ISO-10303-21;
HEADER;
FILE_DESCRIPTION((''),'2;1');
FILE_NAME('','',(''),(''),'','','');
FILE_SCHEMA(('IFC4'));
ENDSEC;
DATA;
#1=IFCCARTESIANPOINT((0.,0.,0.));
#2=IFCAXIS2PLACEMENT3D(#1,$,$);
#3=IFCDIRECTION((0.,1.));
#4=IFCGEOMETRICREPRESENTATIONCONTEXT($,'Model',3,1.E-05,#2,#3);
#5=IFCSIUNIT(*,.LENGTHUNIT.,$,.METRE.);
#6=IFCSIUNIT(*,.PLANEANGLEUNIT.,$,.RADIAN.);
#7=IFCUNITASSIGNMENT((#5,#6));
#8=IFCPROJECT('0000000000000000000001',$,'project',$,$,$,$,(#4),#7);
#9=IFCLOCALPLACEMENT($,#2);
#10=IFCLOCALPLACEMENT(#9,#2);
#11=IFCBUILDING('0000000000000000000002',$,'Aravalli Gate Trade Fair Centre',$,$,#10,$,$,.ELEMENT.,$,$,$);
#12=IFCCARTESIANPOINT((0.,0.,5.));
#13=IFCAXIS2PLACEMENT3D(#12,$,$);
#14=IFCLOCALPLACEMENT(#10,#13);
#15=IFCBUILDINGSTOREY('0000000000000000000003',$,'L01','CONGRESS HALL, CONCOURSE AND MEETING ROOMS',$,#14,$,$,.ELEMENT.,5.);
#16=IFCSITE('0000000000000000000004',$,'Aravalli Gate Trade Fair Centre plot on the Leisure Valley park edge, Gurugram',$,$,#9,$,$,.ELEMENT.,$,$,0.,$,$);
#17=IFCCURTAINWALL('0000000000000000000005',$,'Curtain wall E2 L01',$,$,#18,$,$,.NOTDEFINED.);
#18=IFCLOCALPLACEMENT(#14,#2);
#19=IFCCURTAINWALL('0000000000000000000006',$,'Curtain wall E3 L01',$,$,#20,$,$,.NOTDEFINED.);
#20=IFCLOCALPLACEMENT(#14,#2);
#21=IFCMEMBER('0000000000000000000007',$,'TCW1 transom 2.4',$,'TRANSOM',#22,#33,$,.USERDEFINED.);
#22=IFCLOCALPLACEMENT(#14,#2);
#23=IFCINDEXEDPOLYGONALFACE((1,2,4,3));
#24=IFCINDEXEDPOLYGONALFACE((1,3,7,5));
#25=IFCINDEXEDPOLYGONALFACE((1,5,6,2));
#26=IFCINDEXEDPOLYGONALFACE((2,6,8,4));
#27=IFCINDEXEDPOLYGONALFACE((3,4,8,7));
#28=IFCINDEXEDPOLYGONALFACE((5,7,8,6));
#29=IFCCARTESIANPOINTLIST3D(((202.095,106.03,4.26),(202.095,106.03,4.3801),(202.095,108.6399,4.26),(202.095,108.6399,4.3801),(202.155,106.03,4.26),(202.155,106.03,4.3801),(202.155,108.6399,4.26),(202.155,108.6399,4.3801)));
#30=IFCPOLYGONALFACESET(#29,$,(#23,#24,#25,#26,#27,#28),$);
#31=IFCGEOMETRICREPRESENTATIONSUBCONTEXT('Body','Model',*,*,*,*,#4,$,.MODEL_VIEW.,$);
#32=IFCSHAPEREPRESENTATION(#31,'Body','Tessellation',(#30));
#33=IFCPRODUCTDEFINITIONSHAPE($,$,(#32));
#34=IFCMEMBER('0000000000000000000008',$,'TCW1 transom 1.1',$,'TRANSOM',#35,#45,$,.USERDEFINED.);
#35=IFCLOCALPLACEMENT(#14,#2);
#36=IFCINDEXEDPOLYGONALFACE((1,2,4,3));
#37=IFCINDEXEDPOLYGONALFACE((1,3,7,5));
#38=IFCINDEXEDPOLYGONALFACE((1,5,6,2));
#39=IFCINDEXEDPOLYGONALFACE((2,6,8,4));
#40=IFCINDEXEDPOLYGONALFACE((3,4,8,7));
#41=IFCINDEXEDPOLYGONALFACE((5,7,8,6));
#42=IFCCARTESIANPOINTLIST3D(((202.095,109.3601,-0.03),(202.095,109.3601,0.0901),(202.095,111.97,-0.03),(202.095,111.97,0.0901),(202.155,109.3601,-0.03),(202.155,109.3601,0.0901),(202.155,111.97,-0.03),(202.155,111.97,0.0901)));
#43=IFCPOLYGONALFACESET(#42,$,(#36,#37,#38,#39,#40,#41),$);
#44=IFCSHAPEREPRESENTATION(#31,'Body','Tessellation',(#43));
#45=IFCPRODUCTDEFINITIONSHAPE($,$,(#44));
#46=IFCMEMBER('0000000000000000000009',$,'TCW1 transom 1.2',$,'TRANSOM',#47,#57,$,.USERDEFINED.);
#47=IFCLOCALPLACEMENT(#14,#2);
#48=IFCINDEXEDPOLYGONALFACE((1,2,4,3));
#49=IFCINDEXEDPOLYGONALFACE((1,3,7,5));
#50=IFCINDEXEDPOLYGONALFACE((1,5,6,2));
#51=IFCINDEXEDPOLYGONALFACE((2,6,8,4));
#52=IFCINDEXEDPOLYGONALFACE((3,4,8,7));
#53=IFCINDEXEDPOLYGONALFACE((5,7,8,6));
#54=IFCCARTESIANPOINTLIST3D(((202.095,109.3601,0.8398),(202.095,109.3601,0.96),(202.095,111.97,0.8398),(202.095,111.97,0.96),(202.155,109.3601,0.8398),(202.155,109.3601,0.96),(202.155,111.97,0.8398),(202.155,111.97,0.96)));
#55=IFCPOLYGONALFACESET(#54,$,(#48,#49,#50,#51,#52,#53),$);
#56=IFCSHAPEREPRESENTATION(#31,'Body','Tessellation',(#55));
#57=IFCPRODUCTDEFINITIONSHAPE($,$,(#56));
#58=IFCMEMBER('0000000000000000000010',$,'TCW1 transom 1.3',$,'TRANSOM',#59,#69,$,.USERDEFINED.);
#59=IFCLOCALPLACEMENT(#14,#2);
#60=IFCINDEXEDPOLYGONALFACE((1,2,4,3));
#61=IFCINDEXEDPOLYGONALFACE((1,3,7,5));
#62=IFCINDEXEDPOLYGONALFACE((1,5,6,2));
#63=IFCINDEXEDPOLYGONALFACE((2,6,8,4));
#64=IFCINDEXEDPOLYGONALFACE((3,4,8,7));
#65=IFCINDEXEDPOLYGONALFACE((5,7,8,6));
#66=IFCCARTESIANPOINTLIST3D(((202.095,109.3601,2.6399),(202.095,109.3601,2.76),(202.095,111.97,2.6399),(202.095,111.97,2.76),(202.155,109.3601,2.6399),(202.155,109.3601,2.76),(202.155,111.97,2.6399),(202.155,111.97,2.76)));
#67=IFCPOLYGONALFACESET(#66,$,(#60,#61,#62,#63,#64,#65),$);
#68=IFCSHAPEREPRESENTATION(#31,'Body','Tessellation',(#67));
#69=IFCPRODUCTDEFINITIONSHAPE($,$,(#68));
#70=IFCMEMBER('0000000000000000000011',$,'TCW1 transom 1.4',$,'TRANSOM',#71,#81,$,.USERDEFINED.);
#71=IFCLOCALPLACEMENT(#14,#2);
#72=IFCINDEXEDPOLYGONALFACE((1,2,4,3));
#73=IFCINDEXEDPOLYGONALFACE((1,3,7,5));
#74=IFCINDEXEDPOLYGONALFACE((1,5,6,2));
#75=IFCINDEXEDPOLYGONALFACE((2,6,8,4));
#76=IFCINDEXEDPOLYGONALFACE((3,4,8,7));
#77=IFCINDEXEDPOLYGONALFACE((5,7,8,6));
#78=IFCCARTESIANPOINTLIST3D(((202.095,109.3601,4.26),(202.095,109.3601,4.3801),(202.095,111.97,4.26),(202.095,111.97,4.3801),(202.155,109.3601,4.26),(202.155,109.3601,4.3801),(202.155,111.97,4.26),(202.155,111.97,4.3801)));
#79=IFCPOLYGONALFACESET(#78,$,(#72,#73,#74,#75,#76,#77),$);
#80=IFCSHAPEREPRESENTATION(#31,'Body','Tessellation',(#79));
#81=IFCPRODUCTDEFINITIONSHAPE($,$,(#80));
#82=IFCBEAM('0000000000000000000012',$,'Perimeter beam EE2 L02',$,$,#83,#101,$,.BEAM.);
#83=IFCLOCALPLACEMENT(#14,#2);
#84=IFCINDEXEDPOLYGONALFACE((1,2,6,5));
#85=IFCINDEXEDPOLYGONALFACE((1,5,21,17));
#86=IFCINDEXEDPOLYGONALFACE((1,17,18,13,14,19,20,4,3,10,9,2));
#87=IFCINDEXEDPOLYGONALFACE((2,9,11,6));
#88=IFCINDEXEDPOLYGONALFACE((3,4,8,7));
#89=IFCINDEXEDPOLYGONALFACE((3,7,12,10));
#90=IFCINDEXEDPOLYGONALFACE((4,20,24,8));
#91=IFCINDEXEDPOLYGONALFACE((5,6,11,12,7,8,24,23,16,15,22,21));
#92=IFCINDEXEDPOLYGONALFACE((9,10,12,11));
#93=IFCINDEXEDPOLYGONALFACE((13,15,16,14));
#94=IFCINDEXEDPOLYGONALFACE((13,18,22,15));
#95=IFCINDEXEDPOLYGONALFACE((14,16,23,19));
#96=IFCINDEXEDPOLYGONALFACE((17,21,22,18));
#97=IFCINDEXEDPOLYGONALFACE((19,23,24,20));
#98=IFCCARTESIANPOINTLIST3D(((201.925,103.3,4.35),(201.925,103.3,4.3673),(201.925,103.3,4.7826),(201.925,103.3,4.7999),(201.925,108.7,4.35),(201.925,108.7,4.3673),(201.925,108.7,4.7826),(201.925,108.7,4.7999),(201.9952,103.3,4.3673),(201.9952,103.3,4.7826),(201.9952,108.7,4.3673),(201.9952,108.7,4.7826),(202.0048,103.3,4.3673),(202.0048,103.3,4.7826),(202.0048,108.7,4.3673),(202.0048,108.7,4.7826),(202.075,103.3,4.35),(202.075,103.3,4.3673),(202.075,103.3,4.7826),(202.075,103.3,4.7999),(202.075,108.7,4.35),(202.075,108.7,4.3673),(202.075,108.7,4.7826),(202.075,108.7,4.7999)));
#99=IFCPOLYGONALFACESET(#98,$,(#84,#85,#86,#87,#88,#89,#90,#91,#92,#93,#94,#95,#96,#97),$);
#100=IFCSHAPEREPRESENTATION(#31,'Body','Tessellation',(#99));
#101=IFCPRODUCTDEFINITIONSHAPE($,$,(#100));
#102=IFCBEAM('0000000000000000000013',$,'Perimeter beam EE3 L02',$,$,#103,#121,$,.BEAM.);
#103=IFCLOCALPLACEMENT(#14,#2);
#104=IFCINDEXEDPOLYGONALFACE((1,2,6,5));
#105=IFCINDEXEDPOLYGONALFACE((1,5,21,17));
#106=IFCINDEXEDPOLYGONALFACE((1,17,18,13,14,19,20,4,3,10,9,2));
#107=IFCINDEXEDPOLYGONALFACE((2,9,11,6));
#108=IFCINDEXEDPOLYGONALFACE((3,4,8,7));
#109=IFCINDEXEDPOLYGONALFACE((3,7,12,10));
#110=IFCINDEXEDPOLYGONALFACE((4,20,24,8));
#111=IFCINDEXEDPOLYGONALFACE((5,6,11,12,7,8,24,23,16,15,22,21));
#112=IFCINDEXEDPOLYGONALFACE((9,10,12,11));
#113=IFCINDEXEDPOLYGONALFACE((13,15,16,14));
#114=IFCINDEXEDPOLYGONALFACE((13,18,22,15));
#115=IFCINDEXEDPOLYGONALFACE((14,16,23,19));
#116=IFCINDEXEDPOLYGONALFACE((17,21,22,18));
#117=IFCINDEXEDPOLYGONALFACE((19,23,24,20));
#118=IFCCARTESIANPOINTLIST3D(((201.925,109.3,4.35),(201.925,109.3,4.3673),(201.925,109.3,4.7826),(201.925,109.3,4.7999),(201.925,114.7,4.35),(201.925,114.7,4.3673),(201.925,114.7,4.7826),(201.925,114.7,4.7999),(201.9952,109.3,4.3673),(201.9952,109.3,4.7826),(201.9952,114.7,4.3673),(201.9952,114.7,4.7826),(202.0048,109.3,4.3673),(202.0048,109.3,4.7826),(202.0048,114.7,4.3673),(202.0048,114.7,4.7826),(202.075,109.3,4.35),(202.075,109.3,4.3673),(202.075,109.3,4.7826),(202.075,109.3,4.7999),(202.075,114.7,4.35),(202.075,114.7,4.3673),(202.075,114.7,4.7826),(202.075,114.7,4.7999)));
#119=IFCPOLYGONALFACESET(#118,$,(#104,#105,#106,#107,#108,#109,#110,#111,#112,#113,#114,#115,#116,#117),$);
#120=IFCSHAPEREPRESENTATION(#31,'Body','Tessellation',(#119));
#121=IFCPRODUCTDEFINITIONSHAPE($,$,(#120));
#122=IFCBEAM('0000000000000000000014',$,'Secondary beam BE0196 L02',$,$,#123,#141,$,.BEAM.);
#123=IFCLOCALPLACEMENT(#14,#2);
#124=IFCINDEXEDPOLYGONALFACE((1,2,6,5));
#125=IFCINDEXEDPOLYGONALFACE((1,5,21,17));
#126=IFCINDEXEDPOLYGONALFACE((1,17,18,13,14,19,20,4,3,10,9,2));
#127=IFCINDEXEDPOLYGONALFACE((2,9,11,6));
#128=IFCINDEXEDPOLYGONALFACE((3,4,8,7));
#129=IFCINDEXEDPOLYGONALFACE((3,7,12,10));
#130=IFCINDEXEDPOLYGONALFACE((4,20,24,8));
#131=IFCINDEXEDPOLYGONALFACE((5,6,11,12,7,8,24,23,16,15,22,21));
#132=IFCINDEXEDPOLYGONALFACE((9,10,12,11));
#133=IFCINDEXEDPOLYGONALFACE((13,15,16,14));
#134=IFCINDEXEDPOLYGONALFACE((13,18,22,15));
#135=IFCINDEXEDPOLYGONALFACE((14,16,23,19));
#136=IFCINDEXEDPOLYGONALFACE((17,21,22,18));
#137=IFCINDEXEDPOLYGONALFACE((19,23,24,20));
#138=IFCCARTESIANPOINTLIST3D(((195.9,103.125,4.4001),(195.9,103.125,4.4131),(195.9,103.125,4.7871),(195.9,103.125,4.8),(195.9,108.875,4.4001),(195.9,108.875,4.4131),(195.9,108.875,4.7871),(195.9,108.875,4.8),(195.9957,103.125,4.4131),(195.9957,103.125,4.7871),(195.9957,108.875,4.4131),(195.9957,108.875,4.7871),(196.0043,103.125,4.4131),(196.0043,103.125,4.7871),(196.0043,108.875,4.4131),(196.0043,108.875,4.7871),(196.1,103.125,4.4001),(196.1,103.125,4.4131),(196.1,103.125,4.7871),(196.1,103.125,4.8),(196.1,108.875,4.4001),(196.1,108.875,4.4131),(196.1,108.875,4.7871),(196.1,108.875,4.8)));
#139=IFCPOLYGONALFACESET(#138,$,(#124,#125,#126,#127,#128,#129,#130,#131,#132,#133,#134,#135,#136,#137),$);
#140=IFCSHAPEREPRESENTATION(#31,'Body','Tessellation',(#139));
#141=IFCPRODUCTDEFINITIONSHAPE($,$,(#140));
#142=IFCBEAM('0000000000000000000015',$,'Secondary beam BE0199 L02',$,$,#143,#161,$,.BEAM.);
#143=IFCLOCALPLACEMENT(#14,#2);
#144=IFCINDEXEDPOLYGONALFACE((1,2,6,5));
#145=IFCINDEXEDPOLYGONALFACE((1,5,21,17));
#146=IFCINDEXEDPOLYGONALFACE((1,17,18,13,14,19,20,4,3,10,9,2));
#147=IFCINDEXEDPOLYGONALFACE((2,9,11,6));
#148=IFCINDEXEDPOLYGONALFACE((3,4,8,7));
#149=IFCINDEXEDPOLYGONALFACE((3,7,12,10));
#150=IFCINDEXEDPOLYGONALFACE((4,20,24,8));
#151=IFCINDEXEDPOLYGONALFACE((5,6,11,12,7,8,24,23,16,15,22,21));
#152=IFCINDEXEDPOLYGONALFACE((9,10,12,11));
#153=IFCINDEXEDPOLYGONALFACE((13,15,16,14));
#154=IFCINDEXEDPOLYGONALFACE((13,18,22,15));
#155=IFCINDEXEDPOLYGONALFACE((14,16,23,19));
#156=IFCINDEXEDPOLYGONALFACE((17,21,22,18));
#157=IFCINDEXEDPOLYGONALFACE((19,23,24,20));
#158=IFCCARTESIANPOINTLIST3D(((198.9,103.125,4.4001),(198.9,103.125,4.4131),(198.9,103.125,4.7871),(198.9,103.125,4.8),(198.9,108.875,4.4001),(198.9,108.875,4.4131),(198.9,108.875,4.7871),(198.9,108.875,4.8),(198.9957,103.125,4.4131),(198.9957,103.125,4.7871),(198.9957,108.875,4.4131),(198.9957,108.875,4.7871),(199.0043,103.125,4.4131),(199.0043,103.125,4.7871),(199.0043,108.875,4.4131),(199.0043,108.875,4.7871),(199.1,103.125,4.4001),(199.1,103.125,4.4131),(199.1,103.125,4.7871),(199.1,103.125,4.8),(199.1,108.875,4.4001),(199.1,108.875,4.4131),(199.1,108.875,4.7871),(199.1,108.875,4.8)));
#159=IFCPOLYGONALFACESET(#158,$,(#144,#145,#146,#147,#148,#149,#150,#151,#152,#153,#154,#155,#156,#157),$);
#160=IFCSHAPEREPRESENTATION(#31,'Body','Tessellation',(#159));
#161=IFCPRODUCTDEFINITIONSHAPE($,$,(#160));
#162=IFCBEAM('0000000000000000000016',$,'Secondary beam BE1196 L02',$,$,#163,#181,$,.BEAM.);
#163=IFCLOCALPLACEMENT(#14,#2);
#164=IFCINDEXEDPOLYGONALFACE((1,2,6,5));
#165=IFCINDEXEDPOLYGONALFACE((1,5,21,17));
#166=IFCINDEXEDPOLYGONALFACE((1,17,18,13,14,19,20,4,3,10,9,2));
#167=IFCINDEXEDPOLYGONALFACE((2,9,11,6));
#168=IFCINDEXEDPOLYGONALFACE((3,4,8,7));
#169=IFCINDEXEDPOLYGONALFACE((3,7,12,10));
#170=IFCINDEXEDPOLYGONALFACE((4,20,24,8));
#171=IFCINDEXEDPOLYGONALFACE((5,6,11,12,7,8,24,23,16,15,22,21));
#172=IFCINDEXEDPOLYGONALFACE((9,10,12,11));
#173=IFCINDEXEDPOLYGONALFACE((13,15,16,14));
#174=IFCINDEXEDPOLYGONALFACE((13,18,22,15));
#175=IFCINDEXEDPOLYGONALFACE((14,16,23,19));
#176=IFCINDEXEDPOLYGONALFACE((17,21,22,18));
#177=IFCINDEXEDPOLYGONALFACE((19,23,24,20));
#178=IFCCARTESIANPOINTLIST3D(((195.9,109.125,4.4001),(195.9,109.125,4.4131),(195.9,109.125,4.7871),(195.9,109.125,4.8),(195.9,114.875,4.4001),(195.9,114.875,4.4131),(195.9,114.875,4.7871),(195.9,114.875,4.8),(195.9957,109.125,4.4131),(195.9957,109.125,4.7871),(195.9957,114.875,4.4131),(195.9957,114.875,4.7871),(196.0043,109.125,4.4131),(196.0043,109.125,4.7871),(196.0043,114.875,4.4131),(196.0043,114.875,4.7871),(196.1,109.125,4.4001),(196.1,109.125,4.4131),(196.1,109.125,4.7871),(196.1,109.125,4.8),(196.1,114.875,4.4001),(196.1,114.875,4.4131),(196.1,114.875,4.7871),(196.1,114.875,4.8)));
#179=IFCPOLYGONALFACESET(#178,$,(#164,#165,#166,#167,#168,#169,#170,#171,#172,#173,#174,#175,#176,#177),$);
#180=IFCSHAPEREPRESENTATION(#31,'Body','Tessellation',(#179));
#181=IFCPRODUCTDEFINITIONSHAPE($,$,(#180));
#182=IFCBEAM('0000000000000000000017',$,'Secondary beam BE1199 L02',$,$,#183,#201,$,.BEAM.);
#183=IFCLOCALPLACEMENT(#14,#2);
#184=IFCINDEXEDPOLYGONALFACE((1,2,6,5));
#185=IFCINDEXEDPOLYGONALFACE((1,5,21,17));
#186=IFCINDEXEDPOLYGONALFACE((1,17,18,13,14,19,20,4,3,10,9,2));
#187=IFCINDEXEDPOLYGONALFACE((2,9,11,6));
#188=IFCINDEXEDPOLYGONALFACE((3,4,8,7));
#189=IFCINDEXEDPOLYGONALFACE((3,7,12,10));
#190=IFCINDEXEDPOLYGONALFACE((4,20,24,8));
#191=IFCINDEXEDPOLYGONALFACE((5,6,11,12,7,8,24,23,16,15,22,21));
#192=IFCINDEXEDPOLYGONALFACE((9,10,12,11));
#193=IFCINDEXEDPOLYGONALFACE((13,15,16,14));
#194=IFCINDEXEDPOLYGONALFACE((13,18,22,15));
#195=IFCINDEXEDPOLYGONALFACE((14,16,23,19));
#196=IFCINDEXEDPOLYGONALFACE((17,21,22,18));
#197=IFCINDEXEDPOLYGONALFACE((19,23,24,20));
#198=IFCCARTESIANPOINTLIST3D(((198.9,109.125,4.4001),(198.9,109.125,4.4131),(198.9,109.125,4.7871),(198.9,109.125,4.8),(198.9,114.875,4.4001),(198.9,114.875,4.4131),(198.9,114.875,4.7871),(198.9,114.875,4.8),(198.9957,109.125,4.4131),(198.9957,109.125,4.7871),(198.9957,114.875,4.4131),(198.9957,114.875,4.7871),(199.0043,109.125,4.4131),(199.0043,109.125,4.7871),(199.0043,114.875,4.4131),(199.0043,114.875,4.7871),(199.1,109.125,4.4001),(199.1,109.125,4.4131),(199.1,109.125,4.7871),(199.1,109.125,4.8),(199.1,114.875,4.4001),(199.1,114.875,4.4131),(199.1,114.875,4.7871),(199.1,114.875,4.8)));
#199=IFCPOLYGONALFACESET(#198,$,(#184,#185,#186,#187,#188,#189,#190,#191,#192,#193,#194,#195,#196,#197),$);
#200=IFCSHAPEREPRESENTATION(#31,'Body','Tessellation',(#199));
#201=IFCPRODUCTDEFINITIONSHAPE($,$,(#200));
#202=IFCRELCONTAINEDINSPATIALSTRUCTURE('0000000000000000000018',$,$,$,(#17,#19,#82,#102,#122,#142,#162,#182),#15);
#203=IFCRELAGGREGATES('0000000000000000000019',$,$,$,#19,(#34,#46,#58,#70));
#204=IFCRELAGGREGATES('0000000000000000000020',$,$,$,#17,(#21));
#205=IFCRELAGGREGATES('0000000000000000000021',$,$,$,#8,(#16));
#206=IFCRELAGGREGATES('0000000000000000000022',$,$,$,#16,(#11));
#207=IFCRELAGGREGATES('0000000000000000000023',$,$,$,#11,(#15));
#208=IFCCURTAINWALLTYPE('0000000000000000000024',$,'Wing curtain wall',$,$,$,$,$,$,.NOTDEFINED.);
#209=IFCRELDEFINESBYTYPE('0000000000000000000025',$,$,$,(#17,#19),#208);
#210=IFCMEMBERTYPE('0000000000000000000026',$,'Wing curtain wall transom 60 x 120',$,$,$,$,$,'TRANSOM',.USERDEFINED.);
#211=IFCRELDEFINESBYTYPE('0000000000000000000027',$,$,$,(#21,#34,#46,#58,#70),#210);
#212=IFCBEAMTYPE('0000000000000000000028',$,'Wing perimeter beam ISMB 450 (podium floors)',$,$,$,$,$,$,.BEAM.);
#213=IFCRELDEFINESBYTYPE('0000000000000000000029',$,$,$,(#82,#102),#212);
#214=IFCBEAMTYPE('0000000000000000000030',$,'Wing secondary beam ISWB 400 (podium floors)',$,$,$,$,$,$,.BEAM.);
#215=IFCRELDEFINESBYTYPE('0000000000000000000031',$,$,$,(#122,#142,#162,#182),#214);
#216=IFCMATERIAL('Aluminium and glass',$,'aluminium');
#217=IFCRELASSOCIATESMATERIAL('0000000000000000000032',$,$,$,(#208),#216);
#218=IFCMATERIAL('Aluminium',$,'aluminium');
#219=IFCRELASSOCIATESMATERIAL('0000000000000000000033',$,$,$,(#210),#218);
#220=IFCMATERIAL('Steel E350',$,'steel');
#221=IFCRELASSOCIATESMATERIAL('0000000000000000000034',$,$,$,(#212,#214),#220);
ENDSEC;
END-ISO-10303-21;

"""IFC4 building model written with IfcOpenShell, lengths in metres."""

from ifc_helpers import new_model, si_unit, direction, frame, origin, origin_2d, place, context, subcontext, project, spatial, rectangle, i_section, extrude, material, material_profile, profile_set, type_object, element, aggregate, save


model = new_model("IFC4")

# Units and contexts
model_context = context("Model", 3, precision=1e-05, world=origin(), true_north=direction((0.0, 1.0)))
body_context = subcontext(model_context, "Body", "Model", "MODEL_VIEW")
ifc_project = project(units=[si_unit("LENGTHUNIT", "METRE"), si_unit("PLANEANGLEUNIT", "RADIAN")], contexts=[model_context])

# Site, building, storey
site_placement = place(None, origin())
site = spatial("IfcSite", under=ifc_project, at=site_placement, Name="Aravalli Gate Trade Fair Centre plot on the Leisure Valley park edge, Gurugram", CompositionType="ELEMENT", RefElevation=0.0)
building_placement = place(site_placement, origin())
building = spatial("IfcBuilding", under=site, at=building_placement, Name="Aravalli Gate Trade Fair Centre", CompositionType="ELEMENT")
storey_placement = place(building_placement, frame((0.0, 0.0, 5.0)))
storey = spatial("IfcBuildingStorey", under=building, at=storey_placement, Name="L01", Description="CONGRESS HALL, CONCOURSE AND MEETING ROOMS", CompositionType="ELEMENT", Elevation=5.0)

# Shared definitions
ifc_material_1 = material(Name="Steel E350", Category="steel")

# Shared definitions
ifc_material_2 = material(Name="Aluminium and glass", Category="aluminium")
curtain_wall_type = type_object("IfcCurtainWallType", Name="Wing curtain wall", PredefinedType="NOTDEFINED", material=ifc_material_2)
ifc_material_3 = material(Name="Aluminium", Category="aluminium")

# Curtain wall
curtain_wall_1_placement = place(storey_placement, origin())
curtain_wall_1 = element("IfcCurtainWall", 1, at=curtain_wall_1_placement, inside=storey, type_object=curtain_wall_type, Name="Curtain wall E2 L01", PredefinedType="NOTDEFINED")

# Curtain wall
curtain_wall_2_placement = place(storey_placement, origin())
curtain_wall_2 = element("IfcCurtainWall", 2, at=curtain_wall_2_placement, inside=storey, type_object=curtain_wall_type, Name="Curtain wall E3 L01", PredefinedType="NOTDEFINED")

# Members
ifc_material_profile_1 = material_profile(ifc_material_3, rectangle(XDim=0.0601, YDim=0.1201, at=origin_2d()), Name="Wing curtain wall transom 60 x 120")
ifc_profile_set_1 = profile_set([ifc_material_profile_1], Name="Aluminium")
member_type_1 = type_object("IfcMemberType", Name="Wing curtain wall transom 60 x 120", ElementType="TRANSOM", PredefinedType="USERDEFINED", material=ifc_profile_set_1)
member_1_placement = place(storey_placement, frame((202.125, 106.03, 4.3201), z_axis=(0.0, 1.0, 0.0), x_axis=(-1.0, 0.0, 0.0)))
member_1 = element("IfcMember", 3, at=member_1_placement, type_object=member_type_1, Name="TCW1 transom 2.4", ObjectType="TRANSOM", PredefinedType="USERDEFINED", context=body_context, shape_type="SweptSolid", body=[
    extrude(rectangle(XDim=0.0601, YDim=0.1201, at=origin_2d()), origin(), (0.0, 0.0, 1.0), 2.6099),
])
member_2_placement = place(storey_placement, frame((202.125, 109.3601, 0.03), z_axis=(0.0, 1.0, 0.0), x_axis=(-1.0, 0.0, 0.0)))
member_2 = element("IfcMember", 4, at=member_2_placement, type_object=member_type_1, Name="TCW1 transom 1.1", ObjectType="TRANSOM", PredefinedType="USERDEFINED", context=body_context, shape_type="SweptSolid", body=[
    extrude(rectangle(XDim=0.0601, YDim=0.1201, at=origin_2d()), origin(), (0.0, 0.0, 1.0), 2.6099),
])
member_3_placement = place(storey_placement, frame((202.125, 109.3601, 0.8999), z_axis=(0.0, 1.0, 0.0), x_axis=(-1.0, 0.0, 0.0)))
member_3 = element("IfcMember", 5, at=member_3_placement, type_object=member_type_1, Name="TCW1 transom 1.2", ObjectType="TRANSOM", PredefinedType="USERDEFINED", context=body_context, shape_type="SweptSolid", body=[
    extrude(rectangle(XDim=0.0601, YDim=0.1201, at=origin_2d()), origin(), (0.0, 0.0, 1.0), 2.6099),
])
member_4_placement = place(storey_placement, frame((202.125, 109.3601, 2.7), z_axis=(0.0, 1.0, 0.0), x_axis=(-1.0, 0.0, 0.0)))
member_4 = element("IfcMember", 6, at=member_4_placement, type_object=member_type_1, Name="TCW1 transom 1.3", ObjectType="TRANSOM", PredefinedType="USERDEFINED", context=body_context, shape_type="SweptSolid", body=[
    extrude(rectangle(XDim=0.0601, YDim=0.1201, at=origin_2d()), origin(), (0.0, 0.0, 1.0), 2.6099),
])
member_5_placement = place(storey_placement, frame((202.125, 109.3601, 4.3201), z_axis=(0.0, 1.0, 0.0), x_axis=(-1.0, 0.0, 0.0)))
member_5 = element("IfcMember", 7, at=member_5_placement, type_object=member_type_1, Name="TCW1 transom 1.4", ObjectType="TRANSOM", PredefinedType="USERDEFINED", context=body_context, shape_type="SweptSolid", body=[
    extrude(rectangle(XDim=0.0601, YDim=0.1201, at=origin_2d()), origin(), (0.0, 0.0, 1.0), 2.6099),
])
aggregate(curtain_wall_2, [member_2, member_3, member_4, member_5])

# Beams
ifc_material_profile_2 = material_profile(ifc_material_1, i_section(OverallWidth=0.1499, OverallDepth=0.45, WebThickness=0.0095, FlangeThickness=0.0173, at=origin_2d()), Name="ISMB 450")
ifc_profile_set_2 = profile_set([ifc_material_profile_2], Name="Steel E350")
beam_type_1 = type_object("IfcBeamType", Name="Wing perimeter beam ISMB 450 (podium floors)", PredefinedType="BEAM", material=ifc_profile_set_2)
for number, where, z_axis, x_axis, name in (
    (8, (202.0, 103.3, 4.575), (0.0, 1.0, 0.0), (-1.0, 0.0, 0.0), "Perimeter beam EE2 L02"),
    (9, (202.0, 109.3, 4.575), (0.0, 1.0, 0.0), (-1.0, 0.0, 0.0), "Perimeter beam EE3 L02"),
):
    element("IfcBeam", number, at=place(storey_placement, frame(where, z_axis=z_axis, x_axis=x_axis)), inside=storey, type_object=beam_type_1, Name=name, PredefinedType="BEAM", context=body_context, shape_type="SweptSolid", body=[
        extrude(i_section(OverallWidth=0.1499, OverallDepth=0.45, WebThickness=0.0095, FlangeThickness=0.0173, at=origin_2d()), origin(), (0.0, 0.0, 1.0), 5.3999),
    ])
ifc_material_profile_3 = material_profile(ifc_material_1, i_section(OverallWidth=0.2, OverallDepth=0.3999, WebThickness=0.0085, FlangeThickness=0.0129, at=origin_2d()), Name="ISWB 400")
ifc_profile_set_3 = profile_set([ifc_material_profile_3], Name="Steel E350")
beam_type_2 = type_object("IfcBeamType", Name="Wing secondary beam ISWB 400 (podium floors)", PredefinedType="BEAM", material=ifc_profile_set_3)
for number, where, z_axis, x_axis, name in (
    (10, (196.0, 103.125, 4.6001), (0.0, 1.0, 0.0), (-1.0, 0.0, 0.0), "Secondary beam BE0196 L02"),
    (11, (199.0, 103.125, 4.6001), (0.0, 1.0, 0.0), (-1.0, 0.0, 0.0), "Secondary beam BE0199 L02"),
    (12, (196.0, 109.125, 4.6001), (0.0, 1.0, 0.0), (-1.0, 0.0, 0.0), "Secondary beam BE1196 L02"),
    (13, (199.0, 109.125, 4.6001), (0.0, 1.0, 0.0), (-1.0, 0.0, 0.0), "Secondary beam BE1199 L02"),
):
    element("IfcBeam", number, at=place(storey_placement, frame(where, z_axis=z_axis, x_axis=x_axis)), inside=storey, type_object=beam_type_2, Name=name, PredefinedType="BEAM", context=body_context, shape_type="SweptSolid", body=[
        extrude(i_section(OverallWidth=0.2, OverallDepth=0.3999, WebThickness=0.0085, FlangeThickness=0.0129, at=origin_2d()), origin(), (0.0, 0.0, 1.0), 5.75),
    ])

aggregate(curtain_wall_1, [member_1])

save(model, "model.ifc")
